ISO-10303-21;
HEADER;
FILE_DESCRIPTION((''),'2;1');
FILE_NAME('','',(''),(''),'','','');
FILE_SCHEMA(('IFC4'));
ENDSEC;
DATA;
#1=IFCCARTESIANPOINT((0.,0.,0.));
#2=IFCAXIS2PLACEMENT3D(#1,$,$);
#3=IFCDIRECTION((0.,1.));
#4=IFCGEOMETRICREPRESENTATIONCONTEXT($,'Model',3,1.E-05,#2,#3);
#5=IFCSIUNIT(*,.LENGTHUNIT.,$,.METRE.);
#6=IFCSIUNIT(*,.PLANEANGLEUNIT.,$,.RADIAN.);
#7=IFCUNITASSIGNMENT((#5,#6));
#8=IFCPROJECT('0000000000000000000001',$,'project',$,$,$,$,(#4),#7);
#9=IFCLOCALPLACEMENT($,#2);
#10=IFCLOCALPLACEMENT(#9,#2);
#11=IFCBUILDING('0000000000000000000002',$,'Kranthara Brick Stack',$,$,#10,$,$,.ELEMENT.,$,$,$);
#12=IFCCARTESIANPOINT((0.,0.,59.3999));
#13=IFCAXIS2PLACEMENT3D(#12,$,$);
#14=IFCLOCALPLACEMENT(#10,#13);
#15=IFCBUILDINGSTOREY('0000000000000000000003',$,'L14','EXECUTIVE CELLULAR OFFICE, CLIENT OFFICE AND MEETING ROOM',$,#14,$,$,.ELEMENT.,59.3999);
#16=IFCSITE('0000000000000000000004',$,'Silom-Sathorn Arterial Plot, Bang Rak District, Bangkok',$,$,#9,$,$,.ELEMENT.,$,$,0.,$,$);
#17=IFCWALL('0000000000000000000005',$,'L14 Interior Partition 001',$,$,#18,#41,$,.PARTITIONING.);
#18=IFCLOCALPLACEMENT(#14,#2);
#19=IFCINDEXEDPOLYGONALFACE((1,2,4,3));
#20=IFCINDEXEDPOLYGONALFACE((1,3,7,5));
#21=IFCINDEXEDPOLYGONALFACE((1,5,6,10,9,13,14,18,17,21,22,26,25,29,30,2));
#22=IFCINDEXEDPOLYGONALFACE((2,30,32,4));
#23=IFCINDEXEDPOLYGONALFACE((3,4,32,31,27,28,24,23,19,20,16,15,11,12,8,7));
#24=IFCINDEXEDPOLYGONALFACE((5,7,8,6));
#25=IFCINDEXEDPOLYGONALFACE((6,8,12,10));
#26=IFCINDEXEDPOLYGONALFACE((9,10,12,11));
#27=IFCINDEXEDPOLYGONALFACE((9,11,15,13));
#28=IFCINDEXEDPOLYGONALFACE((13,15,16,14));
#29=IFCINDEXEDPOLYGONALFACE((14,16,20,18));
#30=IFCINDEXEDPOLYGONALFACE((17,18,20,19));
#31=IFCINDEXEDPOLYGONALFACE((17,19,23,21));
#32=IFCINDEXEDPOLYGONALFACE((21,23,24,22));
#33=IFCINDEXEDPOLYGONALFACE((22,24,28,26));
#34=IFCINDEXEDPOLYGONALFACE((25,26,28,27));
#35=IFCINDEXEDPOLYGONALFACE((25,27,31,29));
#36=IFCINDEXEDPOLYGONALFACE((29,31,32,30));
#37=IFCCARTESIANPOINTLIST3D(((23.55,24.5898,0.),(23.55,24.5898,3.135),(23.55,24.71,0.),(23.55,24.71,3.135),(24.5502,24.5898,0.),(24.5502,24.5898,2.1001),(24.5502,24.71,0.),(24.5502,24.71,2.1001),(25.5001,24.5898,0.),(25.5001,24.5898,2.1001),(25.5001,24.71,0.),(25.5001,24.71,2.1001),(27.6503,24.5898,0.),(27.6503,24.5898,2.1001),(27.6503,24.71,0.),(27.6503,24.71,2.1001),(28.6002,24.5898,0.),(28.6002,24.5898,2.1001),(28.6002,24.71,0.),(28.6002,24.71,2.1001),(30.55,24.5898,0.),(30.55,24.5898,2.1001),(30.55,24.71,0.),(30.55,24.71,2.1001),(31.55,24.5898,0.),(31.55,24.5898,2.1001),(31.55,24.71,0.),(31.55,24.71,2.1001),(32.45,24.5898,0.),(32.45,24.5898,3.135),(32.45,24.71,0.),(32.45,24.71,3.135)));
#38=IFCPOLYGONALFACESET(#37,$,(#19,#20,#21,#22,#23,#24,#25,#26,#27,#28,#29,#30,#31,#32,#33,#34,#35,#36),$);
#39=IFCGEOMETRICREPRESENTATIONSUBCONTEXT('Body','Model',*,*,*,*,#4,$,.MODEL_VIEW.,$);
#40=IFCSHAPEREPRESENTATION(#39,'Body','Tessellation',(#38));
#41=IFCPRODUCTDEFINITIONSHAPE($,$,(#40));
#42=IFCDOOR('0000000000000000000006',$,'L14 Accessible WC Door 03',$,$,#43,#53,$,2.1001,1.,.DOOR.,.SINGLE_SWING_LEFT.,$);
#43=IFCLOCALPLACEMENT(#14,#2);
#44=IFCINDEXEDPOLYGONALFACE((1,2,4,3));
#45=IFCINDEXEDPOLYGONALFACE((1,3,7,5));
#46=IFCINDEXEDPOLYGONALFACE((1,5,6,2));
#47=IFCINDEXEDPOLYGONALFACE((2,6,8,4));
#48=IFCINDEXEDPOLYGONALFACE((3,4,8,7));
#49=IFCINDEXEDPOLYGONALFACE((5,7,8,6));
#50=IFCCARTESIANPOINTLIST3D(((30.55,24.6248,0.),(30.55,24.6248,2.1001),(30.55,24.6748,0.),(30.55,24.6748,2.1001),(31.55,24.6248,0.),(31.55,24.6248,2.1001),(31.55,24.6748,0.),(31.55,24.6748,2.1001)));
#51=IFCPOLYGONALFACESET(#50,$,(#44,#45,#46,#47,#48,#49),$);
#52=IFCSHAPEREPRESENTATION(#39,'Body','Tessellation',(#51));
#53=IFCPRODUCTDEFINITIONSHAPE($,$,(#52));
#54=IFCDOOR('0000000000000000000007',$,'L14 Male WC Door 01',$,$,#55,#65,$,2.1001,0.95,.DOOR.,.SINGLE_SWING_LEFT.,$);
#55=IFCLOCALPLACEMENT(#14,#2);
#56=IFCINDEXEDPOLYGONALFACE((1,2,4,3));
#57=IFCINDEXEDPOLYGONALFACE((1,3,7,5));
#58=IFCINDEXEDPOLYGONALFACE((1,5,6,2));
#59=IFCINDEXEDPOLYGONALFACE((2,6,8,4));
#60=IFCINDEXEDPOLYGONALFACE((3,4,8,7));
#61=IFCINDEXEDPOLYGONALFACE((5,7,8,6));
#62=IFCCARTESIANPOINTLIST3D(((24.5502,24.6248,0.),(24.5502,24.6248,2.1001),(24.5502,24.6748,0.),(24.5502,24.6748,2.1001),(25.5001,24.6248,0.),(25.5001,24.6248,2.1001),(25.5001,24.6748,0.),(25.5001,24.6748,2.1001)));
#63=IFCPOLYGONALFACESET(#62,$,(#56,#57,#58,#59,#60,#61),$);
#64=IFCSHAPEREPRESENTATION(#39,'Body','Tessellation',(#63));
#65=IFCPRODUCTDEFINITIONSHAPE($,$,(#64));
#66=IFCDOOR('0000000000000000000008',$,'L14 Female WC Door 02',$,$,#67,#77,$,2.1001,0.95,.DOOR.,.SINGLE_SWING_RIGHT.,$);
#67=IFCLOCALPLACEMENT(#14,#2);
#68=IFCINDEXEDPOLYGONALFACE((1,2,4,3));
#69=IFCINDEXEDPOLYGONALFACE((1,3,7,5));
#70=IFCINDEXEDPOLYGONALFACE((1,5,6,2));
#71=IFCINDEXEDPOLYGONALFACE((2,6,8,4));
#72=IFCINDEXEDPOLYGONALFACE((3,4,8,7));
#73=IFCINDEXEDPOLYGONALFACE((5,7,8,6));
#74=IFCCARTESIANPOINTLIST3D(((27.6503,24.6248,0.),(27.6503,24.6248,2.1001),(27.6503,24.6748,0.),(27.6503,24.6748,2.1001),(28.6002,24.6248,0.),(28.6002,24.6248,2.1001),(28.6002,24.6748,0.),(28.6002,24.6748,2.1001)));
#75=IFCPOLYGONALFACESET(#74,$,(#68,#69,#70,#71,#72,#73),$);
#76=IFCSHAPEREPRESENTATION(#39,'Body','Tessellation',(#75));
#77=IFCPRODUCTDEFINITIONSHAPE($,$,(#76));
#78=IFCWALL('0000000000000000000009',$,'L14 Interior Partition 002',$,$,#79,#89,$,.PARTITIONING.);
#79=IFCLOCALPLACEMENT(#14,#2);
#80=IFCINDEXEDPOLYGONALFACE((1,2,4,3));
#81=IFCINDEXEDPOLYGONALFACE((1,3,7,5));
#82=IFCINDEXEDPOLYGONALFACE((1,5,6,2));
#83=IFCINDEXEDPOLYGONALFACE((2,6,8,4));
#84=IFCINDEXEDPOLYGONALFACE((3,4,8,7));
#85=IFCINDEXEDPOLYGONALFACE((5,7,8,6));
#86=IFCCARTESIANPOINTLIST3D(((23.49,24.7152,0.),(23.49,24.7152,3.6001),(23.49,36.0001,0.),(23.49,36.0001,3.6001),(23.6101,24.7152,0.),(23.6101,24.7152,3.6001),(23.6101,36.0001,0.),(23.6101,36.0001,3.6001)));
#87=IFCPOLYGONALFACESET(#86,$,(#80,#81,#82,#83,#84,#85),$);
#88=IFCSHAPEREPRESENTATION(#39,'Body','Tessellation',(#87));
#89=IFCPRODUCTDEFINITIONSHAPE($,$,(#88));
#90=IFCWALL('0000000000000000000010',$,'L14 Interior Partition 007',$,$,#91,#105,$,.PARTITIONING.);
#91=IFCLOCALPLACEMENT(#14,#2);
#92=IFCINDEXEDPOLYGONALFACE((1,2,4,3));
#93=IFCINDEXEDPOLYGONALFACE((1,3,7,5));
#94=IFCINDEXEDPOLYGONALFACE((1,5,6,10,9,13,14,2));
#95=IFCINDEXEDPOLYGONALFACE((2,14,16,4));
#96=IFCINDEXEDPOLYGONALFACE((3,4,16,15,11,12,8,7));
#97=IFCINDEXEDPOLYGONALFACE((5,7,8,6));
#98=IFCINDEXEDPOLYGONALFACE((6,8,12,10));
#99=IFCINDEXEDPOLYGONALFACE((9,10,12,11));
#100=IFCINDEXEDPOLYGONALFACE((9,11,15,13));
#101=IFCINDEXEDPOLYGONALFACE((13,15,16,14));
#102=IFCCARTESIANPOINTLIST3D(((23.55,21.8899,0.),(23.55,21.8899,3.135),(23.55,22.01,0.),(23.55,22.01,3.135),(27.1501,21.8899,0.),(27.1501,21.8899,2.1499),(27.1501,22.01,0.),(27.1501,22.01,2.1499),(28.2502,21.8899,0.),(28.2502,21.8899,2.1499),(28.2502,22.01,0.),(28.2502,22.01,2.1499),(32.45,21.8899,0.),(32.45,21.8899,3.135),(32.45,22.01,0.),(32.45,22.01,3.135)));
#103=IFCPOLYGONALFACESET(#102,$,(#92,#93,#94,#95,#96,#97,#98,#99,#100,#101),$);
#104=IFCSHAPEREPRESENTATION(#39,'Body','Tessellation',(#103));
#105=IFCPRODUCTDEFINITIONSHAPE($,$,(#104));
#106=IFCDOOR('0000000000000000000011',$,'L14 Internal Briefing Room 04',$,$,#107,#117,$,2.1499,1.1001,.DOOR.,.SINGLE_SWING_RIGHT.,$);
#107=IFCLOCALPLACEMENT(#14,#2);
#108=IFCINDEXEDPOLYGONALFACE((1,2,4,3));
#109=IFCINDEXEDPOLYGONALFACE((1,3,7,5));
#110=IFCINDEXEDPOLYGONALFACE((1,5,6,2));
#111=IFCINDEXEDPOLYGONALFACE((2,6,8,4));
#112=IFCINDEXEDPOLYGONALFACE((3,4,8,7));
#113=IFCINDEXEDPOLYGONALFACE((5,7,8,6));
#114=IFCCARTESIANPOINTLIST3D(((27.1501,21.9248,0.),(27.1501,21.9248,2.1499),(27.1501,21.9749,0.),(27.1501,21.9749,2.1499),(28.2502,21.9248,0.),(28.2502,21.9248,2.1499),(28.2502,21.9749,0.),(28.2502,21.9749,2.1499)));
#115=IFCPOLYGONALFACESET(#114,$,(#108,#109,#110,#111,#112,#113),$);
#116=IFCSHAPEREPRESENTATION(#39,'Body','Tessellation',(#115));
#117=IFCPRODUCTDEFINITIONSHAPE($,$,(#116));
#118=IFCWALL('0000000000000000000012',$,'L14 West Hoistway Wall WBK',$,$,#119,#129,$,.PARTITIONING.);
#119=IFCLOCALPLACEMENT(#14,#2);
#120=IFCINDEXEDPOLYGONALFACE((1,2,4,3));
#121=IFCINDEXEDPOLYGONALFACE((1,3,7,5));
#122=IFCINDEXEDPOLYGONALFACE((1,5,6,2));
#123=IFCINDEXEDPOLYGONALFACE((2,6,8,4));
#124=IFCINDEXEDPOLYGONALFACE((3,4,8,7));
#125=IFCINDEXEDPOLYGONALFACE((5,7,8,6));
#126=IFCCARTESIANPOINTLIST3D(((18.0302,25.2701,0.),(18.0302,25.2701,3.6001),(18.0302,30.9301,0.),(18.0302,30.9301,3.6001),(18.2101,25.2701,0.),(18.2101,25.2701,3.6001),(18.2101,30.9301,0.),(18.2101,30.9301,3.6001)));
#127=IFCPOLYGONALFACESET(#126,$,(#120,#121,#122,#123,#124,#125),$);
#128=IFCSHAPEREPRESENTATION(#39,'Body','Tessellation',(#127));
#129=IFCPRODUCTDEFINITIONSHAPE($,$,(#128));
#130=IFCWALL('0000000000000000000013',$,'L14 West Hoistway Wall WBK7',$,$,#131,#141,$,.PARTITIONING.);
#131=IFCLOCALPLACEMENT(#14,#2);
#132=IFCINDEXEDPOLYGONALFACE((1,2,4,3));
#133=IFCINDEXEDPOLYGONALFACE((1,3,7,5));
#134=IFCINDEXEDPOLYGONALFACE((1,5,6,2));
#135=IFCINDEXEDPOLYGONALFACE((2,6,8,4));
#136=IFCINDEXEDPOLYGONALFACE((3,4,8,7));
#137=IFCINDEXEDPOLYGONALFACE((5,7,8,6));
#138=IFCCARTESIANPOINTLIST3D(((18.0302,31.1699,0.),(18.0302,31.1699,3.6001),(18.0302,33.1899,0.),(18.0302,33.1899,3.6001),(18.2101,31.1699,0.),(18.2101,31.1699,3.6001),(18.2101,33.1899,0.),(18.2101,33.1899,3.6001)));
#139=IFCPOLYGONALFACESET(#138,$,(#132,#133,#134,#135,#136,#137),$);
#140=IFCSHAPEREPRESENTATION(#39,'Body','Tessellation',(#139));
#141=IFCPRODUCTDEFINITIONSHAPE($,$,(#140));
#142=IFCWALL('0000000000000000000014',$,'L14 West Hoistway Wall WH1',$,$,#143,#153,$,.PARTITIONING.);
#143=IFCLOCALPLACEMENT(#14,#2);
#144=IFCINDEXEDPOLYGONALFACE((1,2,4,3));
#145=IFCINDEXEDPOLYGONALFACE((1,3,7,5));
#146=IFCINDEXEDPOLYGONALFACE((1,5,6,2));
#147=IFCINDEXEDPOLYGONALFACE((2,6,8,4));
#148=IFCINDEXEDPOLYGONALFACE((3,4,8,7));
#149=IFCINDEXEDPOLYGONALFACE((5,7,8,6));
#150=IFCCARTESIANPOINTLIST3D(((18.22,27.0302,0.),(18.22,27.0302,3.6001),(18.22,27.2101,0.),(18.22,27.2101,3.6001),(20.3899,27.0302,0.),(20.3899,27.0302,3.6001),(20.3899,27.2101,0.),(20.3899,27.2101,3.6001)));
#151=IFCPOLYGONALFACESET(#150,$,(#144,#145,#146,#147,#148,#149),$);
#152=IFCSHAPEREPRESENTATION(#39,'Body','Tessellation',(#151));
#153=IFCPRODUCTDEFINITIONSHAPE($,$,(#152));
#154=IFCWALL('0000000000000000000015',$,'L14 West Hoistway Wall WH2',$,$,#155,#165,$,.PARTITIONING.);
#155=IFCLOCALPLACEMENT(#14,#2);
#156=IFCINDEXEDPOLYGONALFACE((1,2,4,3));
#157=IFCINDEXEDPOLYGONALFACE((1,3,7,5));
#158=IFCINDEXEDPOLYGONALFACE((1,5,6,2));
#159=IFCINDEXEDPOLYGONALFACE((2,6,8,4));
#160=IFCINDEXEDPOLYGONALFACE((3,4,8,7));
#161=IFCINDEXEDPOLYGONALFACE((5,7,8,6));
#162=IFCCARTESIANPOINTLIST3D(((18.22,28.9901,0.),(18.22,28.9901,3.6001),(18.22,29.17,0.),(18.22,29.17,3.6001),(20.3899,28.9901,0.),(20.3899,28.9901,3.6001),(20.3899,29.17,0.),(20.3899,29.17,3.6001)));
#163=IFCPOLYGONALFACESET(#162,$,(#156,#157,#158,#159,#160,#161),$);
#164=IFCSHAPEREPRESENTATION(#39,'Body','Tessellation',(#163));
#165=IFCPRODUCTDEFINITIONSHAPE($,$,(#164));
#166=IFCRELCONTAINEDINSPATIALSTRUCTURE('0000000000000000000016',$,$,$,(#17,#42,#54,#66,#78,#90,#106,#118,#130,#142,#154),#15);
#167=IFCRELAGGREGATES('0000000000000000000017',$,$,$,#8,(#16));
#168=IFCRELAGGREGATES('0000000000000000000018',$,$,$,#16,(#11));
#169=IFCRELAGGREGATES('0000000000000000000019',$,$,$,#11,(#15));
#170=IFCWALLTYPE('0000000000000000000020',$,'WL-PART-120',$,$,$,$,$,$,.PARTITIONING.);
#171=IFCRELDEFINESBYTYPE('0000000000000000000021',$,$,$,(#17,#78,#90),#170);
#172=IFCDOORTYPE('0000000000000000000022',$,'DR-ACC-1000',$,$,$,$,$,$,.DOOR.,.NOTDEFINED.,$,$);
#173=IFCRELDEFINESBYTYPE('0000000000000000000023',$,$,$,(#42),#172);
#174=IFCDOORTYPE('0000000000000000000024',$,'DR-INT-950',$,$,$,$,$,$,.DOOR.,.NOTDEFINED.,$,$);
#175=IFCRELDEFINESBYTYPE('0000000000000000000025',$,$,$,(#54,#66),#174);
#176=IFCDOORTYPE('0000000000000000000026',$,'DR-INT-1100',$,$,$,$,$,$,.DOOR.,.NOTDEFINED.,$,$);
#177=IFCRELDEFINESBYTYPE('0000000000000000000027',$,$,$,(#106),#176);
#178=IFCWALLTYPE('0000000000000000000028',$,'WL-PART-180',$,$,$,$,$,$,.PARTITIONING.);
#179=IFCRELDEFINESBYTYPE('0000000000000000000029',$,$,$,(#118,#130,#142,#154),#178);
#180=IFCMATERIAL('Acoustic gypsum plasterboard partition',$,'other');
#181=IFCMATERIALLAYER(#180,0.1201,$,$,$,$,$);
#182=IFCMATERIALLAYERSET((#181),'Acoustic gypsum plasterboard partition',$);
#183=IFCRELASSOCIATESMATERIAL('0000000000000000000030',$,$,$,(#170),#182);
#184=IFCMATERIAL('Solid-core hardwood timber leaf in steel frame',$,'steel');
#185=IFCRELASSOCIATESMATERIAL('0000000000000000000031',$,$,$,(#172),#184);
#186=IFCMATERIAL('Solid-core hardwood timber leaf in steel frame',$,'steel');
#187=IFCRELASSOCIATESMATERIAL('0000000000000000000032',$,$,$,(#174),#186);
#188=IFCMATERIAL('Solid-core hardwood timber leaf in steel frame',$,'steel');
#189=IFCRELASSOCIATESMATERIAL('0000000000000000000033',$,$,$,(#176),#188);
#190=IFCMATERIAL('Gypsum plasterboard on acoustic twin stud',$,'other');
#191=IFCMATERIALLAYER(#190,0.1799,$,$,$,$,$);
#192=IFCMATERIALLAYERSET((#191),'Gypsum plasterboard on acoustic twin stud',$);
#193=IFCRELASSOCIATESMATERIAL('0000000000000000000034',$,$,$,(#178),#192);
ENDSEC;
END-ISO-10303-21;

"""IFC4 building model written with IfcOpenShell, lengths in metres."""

from ifc_helpers import new_model, si_unit, direction, frame, frame_2d, origin, place, context, subcontext, project, spatial, rectangle, extrude, material, layer, layer_set, type_object, element, fill, save


model = new_model("IFC4")

# Units and contexts
model_context = context("Model", 3, precision=1e-05, world=origin(), true_north=direction((0.0, 1.0)))
body_context = subcontext(model_context, "Body", "Model", "MODEL_VIEW")
ifc_project = project(units=[si_unit("LENGTHUNIT", "METRE"), si_unit("PLANEANGLEUNIT", "RADIAN")], contexts=[model_context])

# Site, building, storey
site_placement = place(None, origin())
site = spatial("IfcSite", under=ifc_project, at=site_placement, Name="Silom-Sathorn Arterial Plot, Bang Rak District, Bangkok", CompositionType="ELEMENT", RefElevation=0.0)
building_placement = place(site_placement, origin())
building = spatial("IfcBuilding", under=site, at=building_placement, Name="Kranthara Brick Stack", CompositionType="ELEMENT")
storey_placement = place(building_placement, frame((0.0, 0.0, 59.3999)))
storey = spatial("IfcBuildingStorey", under=building, at=storey_placement, Name="L14", Description="EXECUTIVE CELLULAR OFFICE, CLIENT OFFICE AND MEETING ROOM", CompositionType="ELEMENT", Elevation=59.3999)

# Wall, openings, doors
ifc_material_1 = material(Name="Acoustic gypsum plasterboard partition", Category="other")
ifc_layer_1 = layer(ifc_material_1, 0.1201)
ifc_layer_set_1 = layer_set([ifc_layer_1], Name="Acoustic gypsum plasterboard partition")
wall_type_1 = type_object("IfcWallType", Name="WL-PART-120", PredefinedType="PARTITIONING", material=ifc_layer_set_1)
wall_1_placement = place(storey_placement, frame((23.55, 24.6499, 0.0), z_axis=(0.0, 0.0, 1.0), x_axis=(1.0, 0.0, 0.0)))
wall_1 = element("IfcWall", 1, at=wall_1_placement, inside=storey, type_object=wall_type_1, Name="L14 Interior Partition 001", PredefinedType="PARTITIONING", context=body_context, shape_type="SweptSolid", body=[
    extrude(rectangle(XDim=8.8999, YDim=0.1201, at=frame_2d((4.45, 0.0))), origin(), (0.0, 0.0, 1.0), 3.135),
])
opening_1_placement = place(wall_1_placement, frame((1.0, 0.0, 0.0)))
opening_1 = element("IfcOpeningElement", 2, at=opening_1_placement, cuts=wall_1, PredefinedType="OPENING", context=body_context, shape_type="SweptSolid", body=[
    extrude(rectangle(XDim=0.95, YDim=2.1001, at=frame_2d((0.4751, 1.05))), frame((0.0, 0.0701, 0.0), z_axis=(0.0, -1.0, 0.0), x_axis=(1.0, 0.0, 0.0)), (0.0, 0.0, 1.0), 0.1401),
])
opening_2_placement = place(wall_1_placement, frame((4.1001, 0.0, 0.0)))
opening_2 = element("IfcOpeningElement", 3, at=opening_2_placement, cuts=wall_1, PredefinedType="OPENING", context=body_context, shape_type="SweptSolid", body=[
    extrude(rectangle(XDim=0.95, YDim=2.1001, at=frame_2d((0.4751, 1.05))), frame((0.0, 0.0701, 0.0), z_axis=(0.0, -1.0, 0.0), x_axis=(1.0, 0.0, 0.0)), (0.0, 0.0, 1.0), 0.1401),
])
opening_3_placement = place(wall_1_placement, frame((7.0, 0.0, 0.0)))
opening_3 = element("IfcOpeningElement", 4, at=opening_3_placement, cuts=wall_1, PredefinedType="OPENING", context=body_context, shape_type="SweptSolid", body=[
    extrude(rectangle(XDim=1.0, YDim=2.1001, at=frame_2d((0.5, 1.05))), frame((0.0, 0.0701, 0.0), z_axis=(0.0, -1.0, 0.0), x_axis=(1.0, 0.0, 0.0)), (0.0, 0.0, 1.0), 0.1401),
])
ifc_material_2 = material(Name="Solid-core hardwood timber leaf in steel frame", Category="steel")
door_type_1 = type_object("IfcDoorType", Name="DR-ACC-1000", OperationType="NOTDEFINED", PredefinedType="DOOR", material=ifc_material_2)
door_1_placement = place(opening_3_placement, origin())
door_1 = element("IfcDoor", 5, at=door_1_placement, inside=storey, type_object=door_type_1, Name="L14 Accessible WC Door 03", OperationType="SINGLE_SWING_LEFT", OverallHeight=2.1001, OverallWidth=1.0, PredefinedType="DOOR", context=body_context, shape_type="SweptSolid", body=[
    extrude(rectangle(XDim=1.0, YDim=2.1001, at=frame_2d((0.5, 1.05))), frame((0.0, 0.0249, 0.0), z_axis=(0.0, -1.0, 0.0), x_axis=(1.0, 0.0, 0.0)), (0.0, 0.0, 1.0), 0.05),
])
fill(opening_3, door_1)
ifc_material_3 = material(Name="Solid-core hardwood timber leaf in steel frame", Category="steel")
door_type_2 = type_object("IfcDoorType", Name="DR-INT-950", OperationType="NOTDEFINED", PredefinedType="DOOR", material=ifc_material_3)
door_2_placement = place(opening_1_placement, origin())
door_2 = element("IfcDoor", 6, at=door_2_placement, inside=storey, type_object=door_type_2, Name="L14 Male WC Door 01", OperationType="SINGLE_SWING_LEFT", OverallHeight=2.1001, OverallWidth=0.95, PredefinedType="DOOR", context=body_context, shape_type="SweptSolid", body=[
    extrude(rectangle(XDim=0.95, YDim=2.1001, at=frame_2d((0.4751, 1.05))), frame((0.0, 0.0249, 0.0), z_axis=(0.0, -1.0, 0.0), x_axis=(1.0, 0.0, 0.0)), (0.0, 0.0, 1.0), 0.05),
])
fill(opening_1, door_2)
door_3_placement = place(opening_2_placement, origin())
door_3 = element("IfcDoor", 7, at=door_3_placement, inside=storey, type_object=door_type_2, Name="L14 Female WC Door 02", OperationType="SINGLE_SWING_RIGHT", OverallHeight=2.1001, OverallWidth=0.95, PredefinedType="DOOR", context=body_context, shape_type="SweptSolid", body=[
    extrude(rectangle(XDim=0.95, YDim=2.1001, at=frame_2d((0.4751, 1.05))), frame((0.0, 0.0249, 0.0), z_axis=(0.0, -1.0, 0.0), x_axis=(1.0, 0.0, 0.0)), (0.0, 0.0, 1.0), 0.05),
])
fill(opening_2, door_3)

# Wall
wall_2_placement = place(storey_placement, frame((23.55, 24.7151, 0.0), z_axis=(0.0, 0.0, 1.0), x_axis=(0.0, 1.0, 0.0)))
element("IfcWall", 8, at=wall_2_placement, inside=storey, type_object=wall_type_1, Name="L14 Interior Partition 002", PredefinedType="PARTITIONING", context=body_context, shape_type="SweptSolid", body=[
    extrude(rectangle(XDim=11.2849, YDim=0.1201, at=frame_2d((5.6426, 0.0))), origin(), (0.0, 0.0, 1.0), 3.6001),
])

# Wall, opening, door
wall_3_placement = place(storey_placement, frame((23.55, 21.95, 0.0), z_axis=(0.0, 0.0, 1.0), x_axis=(1.0, 0.0, 0.0)))
wall_3 = element("IfcWall", 9, at=wall_3_placement, inside=storey, type_object=wall_type_1, Name="L14 Interior Partition 007", PredefinedType="PARTITIONING", context=body_context, shape_type="SweptSolid", body=[
    extrude(rectangle(XDim=8.8999, YDim=0.1201, at=frame_2d((4.45, 0.0))), origin(), (0.0, 0.0, 1.0), 3.135),
])
opening_4_placement = place(wall_3_placement, frame((3.6001, 0.0, 0.0)))
opening_4 = element("IfcOpeningElement", 10, at=opening_4_placement, cuts=wall_3, PredefinedType="OPENING", context=body_context, shape_type="SweptSolid", body=[
    extrude(rectangle(XDim=1.1001, YDim=2.1499, at=frame_2d((0.55, 1.075))), frame((0.0, 0.0701, 0.0), z_axis=(0.0, -1.0, 0.0), x_axis=(1.0, 0.0, 0.0)), (0.0, 0.0, 1.0), 0.1401),
])
ifc_material_4 = material(Name="Solid-core hardwood timber leaf in steel frame", Category="steel")
door_type_3 = type_object("IfcDoorType", Name="DR-INT-1100", OperationType="NOTDEFINED", PredefinedType="DOOR", material=ifc_material_4)
door_4_placement = place(opening_4_placement, origin())
door_4 = element("IfcDoor", 11, at=door_4_placement, inside=storey, type_object=door_type_3, Name="L14 Internal Briefing Room 04", OperationType="SINGLE_SWING_RIGHT", OverallHeight=2.1499, OverallWidth=1.1001, PredefinedType="DOOR", context=body_context, shape_type="SweptSolid", body=[
    extrude(rectangle(XDim=1.1001, YDim=2.1499, at=frame_2d((0.55, 1.075))), frame((0.0, 0.0249, 0.0), z_axis=(0.0, -1.0, 0.0), x_axis=(1.0, 0.0, 0.0)), (0.0, 0.0, 1.0), 0.05),
])
fill(opening_4, door_4)

# Walls
ifc_material_5 = material(Name="Gypsum plasterboard on acoustic twin stud", Category="other")
ifc_layer_2 = layer(ifc_material_5, 0.1799)
ifc_layer_set_2 = layer_set([ifc_layer_2], Name="Gypsum plasterboard on acoustic twin stud")
wall_type_2 = type_object("IfcWallType", Name="WL-PART-180", PredefinedType="PARTITIONING", material=ifc_layer_set_2)
wall_4_placement = place(storey_placement, frame((18.1201, 25.27, 0.0), z_axis=(0.0, 0.0, 1.0), x_axis=(0.0, 1.0, 0.0)))
element("IfcWall", 12, at=wall_4_placement, inside=storey, type_object=wall_type_2, Name="L14 West Hoistway Wall WBK", PredefinedType="PARTITIONING", context=body_context, shape_type="SweptSolid", body=[
    extrude(rectangle(XDim=5.6599, YDim=0.1799, at=frame_2d((2.8301, 0.0))), origin(), (0.0, 0.0, 1.0), 3.6001),
])
wall_5_placement = place(storey_placement, frame((18.1201, 31.1699, 0.0), z_axis=(0.0, 0.0, 1.0), x_axis=(0.0, 1.0, 0.0)))
element("IfcWall", 13, at=wall_5_placement, inside=storey, type_object=wall_type_2, Name="L14 West Hoistway Wall WBK7", PredefinedType="PARTITIONING", context=body_context, shape_type="SweptSolid", body=[
    extrude(rectangle(XDim=2.02, YDim=0.1799, at=frame_2d((1.01, 0.0))), origin(), (0.0, 0.0, 1.0), 3.6001),
])
for number, where, z_axis, x_axis, name in (
    (14, (18.22, 27.1201, 0.0), (0.0, 0.0, 1.0), (1.0, 0.0, 0.0), "L14 West Hoistway Wall WH1"),
    (15, (18.22, 29.0801, 0.0), (0.0, 0.0, 1.0), (1.0, 0.0, 0.0), "L14 West Hoistway Wall WH2"),
):
    element("IfcWall", number, at=place(storey_placement, frame(where, z_axis=z_axis, x_axis=x_axis)), inside=storey, type_object=wall_type_2, Name=name, PredefinedType="PARTITIONING", context=body_context, shape_type="SweptSolid", body=[
        extrude(rectangle(XDim=2.1699, YDim=0.1799, at=frame_2d((1.085, 0.0))), origin(), (0.0, 0.0, 1.0), 3.6001),
    ])

save(model, "model.ifc")
